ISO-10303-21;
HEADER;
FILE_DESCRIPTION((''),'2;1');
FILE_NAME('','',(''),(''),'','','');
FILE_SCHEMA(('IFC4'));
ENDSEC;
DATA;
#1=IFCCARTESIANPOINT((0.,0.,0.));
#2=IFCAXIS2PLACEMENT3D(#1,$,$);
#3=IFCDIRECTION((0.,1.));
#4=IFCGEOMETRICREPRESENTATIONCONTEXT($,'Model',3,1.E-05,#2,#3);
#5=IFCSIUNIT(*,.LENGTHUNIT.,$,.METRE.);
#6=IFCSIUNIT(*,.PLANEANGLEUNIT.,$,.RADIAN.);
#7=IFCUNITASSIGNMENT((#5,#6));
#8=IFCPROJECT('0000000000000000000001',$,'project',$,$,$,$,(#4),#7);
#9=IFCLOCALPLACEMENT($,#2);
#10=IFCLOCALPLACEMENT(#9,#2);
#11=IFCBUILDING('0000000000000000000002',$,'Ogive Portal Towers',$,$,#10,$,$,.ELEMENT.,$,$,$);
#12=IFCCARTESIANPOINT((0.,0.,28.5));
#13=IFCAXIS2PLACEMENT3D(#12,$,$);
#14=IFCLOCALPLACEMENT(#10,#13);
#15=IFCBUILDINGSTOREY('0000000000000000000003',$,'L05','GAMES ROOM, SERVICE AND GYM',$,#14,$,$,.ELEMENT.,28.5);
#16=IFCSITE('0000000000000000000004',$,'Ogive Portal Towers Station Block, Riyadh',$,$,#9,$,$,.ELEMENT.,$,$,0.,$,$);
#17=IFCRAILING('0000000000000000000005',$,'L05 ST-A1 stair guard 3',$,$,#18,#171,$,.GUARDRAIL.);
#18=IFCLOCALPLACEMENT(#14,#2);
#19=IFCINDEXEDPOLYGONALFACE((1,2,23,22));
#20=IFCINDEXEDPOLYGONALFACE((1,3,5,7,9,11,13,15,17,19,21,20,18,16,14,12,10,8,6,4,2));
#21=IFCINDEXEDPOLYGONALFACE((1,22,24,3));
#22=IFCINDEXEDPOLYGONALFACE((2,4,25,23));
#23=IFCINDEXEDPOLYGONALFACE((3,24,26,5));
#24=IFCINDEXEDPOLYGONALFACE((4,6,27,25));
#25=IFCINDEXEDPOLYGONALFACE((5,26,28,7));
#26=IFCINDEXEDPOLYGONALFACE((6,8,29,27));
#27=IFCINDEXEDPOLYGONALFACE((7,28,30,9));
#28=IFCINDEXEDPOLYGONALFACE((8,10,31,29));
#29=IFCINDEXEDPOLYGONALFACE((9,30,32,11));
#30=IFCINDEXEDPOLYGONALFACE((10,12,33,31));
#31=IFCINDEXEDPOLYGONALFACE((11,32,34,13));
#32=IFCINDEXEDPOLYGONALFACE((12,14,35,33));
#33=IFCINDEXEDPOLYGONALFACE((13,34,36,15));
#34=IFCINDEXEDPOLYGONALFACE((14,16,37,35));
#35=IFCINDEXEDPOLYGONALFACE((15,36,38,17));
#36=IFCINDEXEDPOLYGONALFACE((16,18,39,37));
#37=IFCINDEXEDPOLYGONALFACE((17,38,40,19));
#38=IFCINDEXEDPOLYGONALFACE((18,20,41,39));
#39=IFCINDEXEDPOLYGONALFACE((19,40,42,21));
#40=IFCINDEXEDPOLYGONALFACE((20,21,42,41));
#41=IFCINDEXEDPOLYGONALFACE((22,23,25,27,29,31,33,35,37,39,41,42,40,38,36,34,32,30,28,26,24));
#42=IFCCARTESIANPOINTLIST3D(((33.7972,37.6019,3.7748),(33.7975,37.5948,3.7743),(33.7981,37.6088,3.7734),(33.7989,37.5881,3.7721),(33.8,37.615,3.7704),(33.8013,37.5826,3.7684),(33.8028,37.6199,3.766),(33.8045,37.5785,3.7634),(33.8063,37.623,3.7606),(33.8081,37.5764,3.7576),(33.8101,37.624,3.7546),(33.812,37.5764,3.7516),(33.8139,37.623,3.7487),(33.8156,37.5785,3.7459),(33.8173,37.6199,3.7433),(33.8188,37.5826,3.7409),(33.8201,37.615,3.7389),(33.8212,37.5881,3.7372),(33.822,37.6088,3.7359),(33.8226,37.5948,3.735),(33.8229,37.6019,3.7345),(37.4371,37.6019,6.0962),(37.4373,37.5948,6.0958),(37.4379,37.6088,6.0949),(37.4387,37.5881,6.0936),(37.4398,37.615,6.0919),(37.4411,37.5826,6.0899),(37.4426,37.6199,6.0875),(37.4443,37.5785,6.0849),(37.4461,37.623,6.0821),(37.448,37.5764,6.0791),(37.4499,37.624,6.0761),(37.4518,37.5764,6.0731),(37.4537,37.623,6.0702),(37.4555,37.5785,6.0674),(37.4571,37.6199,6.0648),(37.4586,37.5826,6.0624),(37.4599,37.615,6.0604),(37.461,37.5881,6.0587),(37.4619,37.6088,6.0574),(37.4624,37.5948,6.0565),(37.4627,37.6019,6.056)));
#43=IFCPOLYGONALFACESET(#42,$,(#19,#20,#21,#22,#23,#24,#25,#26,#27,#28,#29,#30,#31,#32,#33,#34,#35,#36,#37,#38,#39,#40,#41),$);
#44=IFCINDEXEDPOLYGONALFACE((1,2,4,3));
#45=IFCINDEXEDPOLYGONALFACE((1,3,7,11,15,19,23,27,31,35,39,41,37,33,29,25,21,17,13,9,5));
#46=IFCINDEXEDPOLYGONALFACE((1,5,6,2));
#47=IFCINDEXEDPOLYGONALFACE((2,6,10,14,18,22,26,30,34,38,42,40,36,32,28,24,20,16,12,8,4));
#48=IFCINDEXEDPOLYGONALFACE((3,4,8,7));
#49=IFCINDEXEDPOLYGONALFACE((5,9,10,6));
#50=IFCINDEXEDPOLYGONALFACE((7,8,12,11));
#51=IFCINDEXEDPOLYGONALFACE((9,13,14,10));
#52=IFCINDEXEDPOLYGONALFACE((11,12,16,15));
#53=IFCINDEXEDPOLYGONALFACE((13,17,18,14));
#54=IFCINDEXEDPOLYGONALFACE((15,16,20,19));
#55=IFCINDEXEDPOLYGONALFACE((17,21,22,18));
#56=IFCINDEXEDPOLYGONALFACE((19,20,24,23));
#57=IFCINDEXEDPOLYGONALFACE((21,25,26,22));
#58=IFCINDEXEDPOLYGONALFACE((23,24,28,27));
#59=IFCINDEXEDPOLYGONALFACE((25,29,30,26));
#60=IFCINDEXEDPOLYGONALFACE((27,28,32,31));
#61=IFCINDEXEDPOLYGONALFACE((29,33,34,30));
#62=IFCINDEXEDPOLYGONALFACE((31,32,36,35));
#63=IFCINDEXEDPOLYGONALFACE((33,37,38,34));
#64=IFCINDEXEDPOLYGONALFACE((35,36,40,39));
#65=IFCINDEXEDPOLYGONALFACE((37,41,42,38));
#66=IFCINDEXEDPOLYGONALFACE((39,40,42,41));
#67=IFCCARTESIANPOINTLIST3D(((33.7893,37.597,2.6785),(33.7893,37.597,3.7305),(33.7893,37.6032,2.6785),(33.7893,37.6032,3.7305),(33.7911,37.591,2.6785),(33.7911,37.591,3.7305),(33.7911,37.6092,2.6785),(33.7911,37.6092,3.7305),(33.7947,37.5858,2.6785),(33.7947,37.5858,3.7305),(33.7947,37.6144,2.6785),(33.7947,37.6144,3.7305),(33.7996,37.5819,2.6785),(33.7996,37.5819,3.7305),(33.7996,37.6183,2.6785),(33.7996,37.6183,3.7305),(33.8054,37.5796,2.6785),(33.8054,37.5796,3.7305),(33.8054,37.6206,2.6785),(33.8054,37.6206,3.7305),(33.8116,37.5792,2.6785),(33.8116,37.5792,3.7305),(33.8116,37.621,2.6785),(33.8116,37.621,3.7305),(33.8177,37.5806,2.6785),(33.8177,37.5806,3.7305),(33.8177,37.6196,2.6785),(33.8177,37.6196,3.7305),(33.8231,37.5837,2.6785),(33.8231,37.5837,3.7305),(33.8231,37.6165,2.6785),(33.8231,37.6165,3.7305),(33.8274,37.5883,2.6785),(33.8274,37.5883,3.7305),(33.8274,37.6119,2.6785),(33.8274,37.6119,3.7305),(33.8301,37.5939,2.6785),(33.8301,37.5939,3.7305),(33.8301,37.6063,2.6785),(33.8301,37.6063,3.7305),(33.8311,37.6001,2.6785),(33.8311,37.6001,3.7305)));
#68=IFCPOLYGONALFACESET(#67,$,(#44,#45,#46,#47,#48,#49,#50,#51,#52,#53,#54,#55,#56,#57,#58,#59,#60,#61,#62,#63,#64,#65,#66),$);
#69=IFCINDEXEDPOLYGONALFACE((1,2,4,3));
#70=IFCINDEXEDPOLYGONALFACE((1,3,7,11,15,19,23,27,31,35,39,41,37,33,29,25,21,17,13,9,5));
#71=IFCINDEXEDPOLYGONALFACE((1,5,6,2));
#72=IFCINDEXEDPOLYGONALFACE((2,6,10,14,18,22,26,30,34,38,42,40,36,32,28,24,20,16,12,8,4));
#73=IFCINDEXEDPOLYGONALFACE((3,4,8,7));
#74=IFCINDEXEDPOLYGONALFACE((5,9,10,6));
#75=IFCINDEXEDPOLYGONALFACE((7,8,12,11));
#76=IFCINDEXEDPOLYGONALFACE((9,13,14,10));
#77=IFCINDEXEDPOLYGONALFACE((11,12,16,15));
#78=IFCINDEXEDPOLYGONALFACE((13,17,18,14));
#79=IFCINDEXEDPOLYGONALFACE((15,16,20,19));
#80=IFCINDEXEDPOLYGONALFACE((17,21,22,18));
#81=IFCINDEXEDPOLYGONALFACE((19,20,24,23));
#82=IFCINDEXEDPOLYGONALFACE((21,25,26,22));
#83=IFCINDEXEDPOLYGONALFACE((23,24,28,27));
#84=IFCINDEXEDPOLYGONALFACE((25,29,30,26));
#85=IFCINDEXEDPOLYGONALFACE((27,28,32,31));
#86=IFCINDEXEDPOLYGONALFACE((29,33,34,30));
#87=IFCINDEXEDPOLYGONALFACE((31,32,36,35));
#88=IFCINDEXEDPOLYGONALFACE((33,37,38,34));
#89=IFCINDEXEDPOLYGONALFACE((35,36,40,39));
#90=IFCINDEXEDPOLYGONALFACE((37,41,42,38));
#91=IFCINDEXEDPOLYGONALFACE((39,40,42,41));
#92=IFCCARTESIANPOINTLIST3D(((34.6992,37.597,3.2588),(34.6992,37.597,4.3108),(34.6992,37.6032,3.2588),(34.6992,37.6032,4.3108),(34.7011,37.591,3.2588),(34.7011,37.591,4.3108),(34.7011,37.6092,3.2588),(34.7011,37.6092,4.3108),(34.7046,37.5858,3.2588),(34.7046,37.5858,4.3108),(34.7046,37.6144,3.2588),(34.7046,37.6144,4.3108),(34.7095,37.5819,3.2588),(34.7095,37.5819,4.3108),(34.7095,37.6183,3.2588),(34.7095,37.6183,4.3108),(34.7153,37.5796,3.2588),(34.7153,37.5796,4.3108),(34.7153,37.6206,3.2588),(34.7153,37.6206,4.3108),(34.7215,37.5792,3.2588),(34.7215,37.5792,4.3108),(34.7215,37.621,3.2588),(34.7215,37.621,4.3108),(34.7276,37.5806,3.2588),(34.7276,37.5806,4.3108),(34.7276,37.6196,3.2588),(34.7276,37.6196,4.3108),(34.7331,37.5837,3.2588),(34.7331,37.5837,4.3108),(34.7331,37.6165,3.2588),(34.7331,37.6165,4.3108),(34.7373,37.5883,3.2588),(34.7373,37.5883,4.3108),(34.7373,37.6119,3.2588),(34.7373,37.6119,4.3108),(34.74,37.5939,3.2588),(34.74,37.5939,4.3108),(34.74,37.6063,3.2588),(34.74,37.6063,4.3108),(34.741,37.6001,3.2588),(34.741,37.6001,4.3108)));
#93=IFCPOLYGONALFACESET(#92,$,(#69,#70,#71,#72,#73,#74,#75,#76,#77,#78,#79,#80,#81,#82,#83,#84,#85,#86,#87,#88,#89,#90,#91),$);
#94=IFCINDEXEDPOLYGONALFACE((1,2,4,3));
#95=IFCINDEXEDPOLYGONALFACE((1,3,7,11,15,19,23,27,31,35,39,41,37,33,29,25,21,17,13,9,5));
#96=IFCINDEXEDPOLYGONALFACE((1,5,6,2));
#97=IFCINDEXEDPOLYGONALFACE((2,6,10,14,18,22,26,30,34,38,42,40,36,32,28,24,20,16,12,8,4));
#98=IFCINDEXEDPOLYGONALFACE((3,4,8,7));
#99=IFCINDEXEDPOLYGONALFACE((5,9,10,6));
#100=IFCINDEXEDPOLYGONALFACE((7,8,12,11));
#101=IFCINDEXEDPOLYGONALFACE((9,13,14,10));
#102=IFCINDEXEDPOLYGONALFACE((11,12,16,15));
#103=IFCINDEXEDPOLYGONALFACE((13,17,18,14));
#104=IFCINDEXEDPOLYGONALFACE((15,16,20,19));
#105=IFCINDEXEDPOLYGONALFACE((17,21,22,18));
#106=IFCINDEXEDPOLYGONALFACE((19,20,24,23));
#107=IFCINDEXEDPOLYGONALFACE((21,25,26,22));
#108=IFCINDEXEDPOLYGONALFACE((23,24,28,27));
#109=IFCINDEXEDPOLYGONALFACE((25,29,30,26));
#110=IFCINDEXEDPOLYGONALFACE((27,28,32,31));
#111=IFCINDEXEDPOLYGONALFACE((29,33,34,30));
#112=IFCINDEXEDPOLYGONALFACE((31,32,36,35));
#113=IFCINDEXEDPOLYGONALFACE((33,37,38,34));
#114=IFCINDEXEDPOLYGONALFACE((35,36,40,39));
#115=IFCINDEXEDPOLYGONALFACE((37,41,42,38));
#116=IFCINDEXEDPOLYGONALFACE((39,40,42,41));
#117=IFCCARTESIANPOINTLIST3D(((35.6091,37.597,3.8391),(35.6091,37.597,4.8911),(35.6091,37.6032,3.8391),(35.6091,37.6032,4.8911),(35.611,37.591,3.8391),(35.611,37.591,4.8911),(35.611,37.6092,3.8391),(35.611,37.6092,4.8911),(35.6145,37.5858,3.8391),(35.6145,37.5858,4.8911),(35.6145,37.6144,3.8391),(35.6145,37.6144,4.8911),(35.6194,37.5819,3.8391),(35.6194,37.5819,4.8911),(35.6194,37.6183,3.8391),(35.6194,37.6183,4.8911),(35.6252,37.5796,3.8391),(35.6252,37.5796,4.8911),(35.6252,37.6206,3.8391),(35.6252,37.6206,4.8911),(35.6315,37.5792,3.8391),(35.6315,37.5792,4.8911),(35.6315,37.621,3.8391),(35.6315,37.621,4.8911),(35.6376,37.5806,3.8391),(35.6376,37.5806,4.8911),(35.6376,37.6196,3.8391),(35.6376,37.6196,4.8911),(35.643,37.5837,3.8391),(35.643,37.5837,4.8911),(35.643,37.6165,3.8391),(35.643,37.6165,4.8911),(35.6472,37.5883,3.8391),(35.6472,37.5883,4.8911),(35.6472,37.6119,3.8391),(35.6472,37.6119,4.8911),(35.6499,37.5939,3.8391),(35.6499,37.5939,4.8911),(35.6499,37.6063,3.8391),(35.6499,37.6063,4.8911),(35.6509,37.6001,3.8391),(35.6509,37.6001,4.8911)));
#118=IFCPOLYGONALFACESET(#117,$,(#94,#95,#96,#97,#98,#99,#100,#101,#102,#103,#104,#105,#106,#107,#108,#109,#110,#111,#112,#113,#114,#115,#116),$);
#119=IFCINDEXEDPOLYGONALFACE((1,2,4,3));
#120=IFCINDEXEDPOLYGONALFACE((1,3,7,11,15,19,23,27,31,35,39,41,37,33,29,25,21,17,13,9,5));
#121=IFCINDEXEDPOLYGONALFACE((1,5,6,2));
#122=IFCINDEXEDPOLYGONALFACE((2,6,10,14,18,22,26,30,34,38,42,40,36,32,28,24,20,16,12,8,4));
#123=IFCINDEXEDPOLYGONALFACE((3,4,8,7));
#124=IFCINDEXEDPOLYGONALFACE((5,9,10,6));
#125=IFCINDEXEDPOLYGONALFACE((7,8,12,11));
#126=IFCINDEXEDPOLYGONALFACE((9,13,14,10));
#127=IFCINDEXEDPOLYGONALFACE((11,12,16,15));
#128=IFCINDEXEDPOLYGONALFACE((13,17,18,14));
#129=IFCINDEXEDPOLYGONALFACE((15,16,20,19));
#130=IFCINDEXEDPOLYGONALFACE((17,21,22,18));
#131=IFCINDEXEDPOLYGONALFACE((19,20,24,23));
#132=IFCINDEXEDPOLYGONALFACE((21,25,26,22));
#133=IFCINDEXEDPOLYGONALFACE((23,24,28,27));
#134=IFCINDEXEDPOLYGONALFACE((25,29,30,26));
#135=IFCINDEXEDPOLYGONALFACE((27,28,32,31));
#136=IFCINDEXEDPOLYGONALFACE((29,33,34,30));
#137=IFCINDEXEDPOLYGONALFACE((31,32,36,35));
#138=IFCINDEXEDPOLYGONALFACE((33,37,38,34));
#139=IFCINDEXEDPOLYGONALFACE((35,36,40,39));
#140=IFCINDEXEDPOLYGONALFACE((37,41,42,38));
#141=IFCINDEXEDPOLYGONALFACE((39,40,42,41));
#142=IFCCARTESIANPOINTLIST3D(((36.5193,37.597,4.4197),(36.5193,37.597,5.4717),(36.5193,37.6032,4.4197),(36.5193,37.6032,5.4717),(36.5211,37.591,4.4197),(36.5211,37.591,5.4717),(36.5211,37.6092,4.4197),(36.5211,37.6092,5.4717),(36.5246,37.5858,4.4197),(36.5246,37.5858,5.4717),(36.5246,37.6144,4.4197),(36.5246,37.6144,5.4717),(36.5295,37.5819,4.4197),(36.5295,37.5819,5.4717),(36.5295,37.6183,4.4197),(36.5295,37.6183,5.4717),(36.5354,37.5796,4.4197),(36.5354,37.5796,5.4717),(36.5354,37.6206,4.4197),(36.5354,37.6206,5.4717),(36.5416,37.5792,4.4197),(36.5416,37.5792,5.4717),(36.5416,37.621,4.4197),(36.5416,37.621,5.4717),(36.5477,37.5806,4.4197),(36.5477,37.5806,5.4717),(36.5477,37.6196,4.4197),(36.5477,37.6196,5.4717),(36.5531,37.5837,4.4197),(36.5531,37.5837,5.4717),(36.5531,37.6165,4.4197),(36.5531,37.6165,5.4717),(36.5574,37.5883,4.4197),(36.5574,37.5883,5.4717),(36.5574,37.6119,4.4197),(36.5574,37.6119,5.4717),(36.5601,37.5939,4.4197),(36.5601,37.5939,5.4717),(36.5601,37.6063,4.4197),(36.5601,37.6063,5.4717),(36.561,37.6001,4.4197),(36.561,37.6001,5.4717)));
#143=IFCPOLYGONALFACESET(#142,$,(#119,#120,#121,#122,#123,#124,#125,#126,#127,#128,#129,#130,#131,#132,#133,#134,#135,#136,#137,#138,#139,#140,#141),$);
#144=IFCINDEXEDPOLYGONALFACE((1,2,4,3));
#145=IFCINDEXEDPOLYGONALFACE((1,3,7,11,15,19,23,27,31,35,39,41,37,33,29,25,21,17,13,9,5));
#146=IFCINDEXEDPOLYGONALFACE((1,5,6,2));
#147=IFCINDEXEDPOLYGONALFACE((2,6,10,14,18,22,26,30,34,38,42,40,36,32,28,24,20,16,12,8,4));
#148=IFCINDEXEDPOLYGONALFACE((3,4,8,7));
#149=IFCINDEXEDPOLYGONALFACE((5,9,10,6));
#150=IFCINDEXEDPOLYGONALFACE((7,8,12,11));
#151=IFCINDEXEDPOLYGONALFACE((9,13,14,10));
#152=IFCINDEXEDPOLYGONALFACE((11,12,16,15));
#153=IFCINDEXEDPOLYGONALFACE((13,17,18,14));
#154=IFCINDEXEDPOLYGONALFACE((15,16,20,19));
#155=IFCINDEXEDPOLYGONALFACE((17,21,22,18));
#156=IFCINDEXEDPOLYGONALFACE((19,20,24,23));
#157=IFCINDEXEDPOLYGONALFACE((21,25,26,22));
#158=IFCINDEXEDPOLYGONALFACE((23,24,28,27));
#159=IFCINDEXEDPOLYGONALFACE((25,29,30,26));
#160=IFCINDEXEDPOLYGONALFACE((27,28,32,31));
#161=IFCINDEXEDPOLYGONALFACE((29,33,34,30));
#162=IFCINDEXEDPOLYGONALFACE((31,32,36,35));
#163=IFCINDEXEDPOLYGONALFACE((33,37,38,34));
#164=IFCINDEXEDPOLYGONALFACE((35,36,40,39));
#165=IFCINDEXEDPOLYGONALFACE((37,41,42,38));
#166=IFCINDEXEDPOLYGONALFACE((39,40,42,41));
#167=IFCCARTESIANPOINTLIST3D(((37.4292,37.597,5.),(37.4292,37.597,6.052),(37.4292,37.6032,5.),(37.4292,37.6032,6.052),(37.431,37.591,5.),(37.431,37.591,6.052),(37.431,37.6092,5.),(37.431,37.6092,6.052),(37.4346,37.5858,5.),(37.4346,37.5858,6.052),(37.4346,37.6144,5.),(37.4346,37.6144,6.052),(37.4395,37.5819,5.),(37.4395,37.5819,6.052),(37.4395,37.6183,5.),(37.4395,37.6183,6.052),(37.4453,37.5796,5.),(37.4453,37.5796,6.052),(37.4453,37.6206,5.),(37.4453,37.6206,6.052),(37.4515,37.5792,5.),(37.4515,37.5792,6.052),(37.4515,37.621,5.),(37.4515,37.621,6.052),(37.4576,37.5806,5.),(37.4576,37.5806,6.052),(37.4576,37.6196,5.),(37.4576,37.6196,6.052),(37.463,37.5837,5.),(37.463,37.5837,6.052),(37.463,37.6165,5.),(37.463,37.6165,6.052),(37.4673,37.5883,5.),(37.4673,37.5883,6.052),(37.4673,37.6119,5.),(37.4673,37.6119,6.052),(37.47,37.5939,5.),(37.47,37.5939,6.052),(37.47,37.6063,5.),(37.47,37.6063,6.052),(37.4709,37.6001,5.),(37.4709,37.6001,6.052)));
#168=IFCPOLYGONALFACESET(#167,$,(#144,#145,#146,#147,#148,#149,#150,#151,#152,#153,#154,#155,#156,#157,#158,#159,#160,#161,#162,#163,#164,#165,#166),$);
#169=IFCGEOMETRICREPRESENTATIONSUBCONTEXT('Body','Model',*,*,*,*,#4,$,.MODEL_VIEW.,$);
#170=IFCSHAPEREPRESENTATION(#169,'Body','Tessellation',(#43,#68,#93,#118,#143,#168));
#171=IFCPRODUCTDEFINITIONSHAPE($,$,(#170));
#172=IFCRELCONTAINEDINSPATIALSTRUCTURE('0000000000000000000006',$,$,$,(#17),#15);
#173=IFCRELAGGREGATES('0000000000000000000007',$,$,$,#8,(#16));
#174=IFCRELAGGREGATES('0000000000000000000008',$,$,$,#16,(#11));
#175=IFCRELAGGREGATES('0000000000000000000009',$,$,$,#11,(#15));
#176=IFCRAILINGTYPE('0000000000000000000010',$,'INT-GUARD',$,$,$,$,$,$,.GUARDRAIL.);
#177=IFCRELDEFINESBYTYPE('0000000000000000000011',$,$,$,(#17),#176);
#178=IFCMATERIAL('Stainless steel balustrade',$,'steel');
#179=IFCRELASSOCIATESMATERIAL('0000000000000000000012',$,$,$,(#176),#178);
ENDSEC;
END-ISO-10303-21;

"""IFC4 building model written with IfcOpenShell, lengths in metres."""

from ifc_helpers import new_model, si_unit, direction, frame, origin, origin_2d, place, context, subcontext, project, spatial, circle, extrude, material, type_object, element, save


model = new_model("IFC4")

# Units and contexts
model_context = context("Model", 3, precision=1e-05, world=origin(), true_north=direction((0.0, 1.0)))
body_context = subcontext(model_context, "Body", "Model", "MODEL_VIEW")
ifc_project = project(units=[si_unit("LENGTHUNIT", "METRE"), si_unit("PLANEANGLEUNIT", "RADIAN")], contexts=[model_context])

# Site, building, storey
site_placement = place(None, origin())
site = spatial("IfcSite", under=ifc_project, at=site_placement, Name="Ogive Portal Towers Station Block, Riyadh", CompositionType="ELEMENT", RefElevation=0.0)
building_placement = place(site_placement, origin())
building = spatial("IfcBuilding", under=site, at=building_placement, Name="Ogive Portal Towers", CompositionType="ELEMENT")
storey_placement = place(building_placement, frame((0.0, 0.0, 28.5)))
storey = spatial("IfcBuildingStorey", under=building, at=storey_placement, Name="L05", Description="GAMES ROOM, SERVICE AND GYM", CompositionType="ELEMENT", Elevation=28.5)

# Railing
ifc_material_1 = material(Name="Stainless steel balustrade", Category="steel")
railing_type_1 = type_object("IfcRailingType", Name="INT-GUARD", PredefinedType="GUARDRAIL", material=ifc_material_1)
railing_1_placement = place(storey_placement, frame((33.8101, 37.6001, 2.6785)))
element("IfcRailing", 1, at=railing_1_placement, inside=storey, type_object=railing_type_1, Name="L05 ST-A1 stair guard 3", PredefinedType="GUARDRAIL", context=body_context, shape_type="SweptSolid", body=[
    extrude(circle(Radius=0.0239, at=origin_2d()), frame((0.0, 0.0, 1.0762), z_axis=(0.843112, 0.0, 0.537739), x_axis=(0.0, 1.0, 0.0)), (0.0, 0.0, 1.0), 4.3171),
    extrude(circle(Radius=0.021, at=origin_2d()), origin(), (0.0, 0.0, 1.0), 1.052),
    extrude(circle(Radius=0.021, at=origin_2d()), frame((0.9099, 0.0, 0.5803)), (0.0, 0.0, 1.0), 1.052),
    extrude(circle(Radius=0.021, at=origin_2d()), frame((1.8198, 0.0, 1.1606)), (0.0, 0.0, 1.0), 1.052),
    extrude(circle(Radius=0.021, at=origin_2d()), frame((2.73, 0.0, 1.7412)), (0.0, 0.0, 1.0), 1.052),
    extrude(circle(Radius=0.021, at=origin_2d()), frame((3.6399, 0.0, 2.3215)), (0.0, 0.0, 1.0), 1.052),
])

save(model, "model.ifc")
